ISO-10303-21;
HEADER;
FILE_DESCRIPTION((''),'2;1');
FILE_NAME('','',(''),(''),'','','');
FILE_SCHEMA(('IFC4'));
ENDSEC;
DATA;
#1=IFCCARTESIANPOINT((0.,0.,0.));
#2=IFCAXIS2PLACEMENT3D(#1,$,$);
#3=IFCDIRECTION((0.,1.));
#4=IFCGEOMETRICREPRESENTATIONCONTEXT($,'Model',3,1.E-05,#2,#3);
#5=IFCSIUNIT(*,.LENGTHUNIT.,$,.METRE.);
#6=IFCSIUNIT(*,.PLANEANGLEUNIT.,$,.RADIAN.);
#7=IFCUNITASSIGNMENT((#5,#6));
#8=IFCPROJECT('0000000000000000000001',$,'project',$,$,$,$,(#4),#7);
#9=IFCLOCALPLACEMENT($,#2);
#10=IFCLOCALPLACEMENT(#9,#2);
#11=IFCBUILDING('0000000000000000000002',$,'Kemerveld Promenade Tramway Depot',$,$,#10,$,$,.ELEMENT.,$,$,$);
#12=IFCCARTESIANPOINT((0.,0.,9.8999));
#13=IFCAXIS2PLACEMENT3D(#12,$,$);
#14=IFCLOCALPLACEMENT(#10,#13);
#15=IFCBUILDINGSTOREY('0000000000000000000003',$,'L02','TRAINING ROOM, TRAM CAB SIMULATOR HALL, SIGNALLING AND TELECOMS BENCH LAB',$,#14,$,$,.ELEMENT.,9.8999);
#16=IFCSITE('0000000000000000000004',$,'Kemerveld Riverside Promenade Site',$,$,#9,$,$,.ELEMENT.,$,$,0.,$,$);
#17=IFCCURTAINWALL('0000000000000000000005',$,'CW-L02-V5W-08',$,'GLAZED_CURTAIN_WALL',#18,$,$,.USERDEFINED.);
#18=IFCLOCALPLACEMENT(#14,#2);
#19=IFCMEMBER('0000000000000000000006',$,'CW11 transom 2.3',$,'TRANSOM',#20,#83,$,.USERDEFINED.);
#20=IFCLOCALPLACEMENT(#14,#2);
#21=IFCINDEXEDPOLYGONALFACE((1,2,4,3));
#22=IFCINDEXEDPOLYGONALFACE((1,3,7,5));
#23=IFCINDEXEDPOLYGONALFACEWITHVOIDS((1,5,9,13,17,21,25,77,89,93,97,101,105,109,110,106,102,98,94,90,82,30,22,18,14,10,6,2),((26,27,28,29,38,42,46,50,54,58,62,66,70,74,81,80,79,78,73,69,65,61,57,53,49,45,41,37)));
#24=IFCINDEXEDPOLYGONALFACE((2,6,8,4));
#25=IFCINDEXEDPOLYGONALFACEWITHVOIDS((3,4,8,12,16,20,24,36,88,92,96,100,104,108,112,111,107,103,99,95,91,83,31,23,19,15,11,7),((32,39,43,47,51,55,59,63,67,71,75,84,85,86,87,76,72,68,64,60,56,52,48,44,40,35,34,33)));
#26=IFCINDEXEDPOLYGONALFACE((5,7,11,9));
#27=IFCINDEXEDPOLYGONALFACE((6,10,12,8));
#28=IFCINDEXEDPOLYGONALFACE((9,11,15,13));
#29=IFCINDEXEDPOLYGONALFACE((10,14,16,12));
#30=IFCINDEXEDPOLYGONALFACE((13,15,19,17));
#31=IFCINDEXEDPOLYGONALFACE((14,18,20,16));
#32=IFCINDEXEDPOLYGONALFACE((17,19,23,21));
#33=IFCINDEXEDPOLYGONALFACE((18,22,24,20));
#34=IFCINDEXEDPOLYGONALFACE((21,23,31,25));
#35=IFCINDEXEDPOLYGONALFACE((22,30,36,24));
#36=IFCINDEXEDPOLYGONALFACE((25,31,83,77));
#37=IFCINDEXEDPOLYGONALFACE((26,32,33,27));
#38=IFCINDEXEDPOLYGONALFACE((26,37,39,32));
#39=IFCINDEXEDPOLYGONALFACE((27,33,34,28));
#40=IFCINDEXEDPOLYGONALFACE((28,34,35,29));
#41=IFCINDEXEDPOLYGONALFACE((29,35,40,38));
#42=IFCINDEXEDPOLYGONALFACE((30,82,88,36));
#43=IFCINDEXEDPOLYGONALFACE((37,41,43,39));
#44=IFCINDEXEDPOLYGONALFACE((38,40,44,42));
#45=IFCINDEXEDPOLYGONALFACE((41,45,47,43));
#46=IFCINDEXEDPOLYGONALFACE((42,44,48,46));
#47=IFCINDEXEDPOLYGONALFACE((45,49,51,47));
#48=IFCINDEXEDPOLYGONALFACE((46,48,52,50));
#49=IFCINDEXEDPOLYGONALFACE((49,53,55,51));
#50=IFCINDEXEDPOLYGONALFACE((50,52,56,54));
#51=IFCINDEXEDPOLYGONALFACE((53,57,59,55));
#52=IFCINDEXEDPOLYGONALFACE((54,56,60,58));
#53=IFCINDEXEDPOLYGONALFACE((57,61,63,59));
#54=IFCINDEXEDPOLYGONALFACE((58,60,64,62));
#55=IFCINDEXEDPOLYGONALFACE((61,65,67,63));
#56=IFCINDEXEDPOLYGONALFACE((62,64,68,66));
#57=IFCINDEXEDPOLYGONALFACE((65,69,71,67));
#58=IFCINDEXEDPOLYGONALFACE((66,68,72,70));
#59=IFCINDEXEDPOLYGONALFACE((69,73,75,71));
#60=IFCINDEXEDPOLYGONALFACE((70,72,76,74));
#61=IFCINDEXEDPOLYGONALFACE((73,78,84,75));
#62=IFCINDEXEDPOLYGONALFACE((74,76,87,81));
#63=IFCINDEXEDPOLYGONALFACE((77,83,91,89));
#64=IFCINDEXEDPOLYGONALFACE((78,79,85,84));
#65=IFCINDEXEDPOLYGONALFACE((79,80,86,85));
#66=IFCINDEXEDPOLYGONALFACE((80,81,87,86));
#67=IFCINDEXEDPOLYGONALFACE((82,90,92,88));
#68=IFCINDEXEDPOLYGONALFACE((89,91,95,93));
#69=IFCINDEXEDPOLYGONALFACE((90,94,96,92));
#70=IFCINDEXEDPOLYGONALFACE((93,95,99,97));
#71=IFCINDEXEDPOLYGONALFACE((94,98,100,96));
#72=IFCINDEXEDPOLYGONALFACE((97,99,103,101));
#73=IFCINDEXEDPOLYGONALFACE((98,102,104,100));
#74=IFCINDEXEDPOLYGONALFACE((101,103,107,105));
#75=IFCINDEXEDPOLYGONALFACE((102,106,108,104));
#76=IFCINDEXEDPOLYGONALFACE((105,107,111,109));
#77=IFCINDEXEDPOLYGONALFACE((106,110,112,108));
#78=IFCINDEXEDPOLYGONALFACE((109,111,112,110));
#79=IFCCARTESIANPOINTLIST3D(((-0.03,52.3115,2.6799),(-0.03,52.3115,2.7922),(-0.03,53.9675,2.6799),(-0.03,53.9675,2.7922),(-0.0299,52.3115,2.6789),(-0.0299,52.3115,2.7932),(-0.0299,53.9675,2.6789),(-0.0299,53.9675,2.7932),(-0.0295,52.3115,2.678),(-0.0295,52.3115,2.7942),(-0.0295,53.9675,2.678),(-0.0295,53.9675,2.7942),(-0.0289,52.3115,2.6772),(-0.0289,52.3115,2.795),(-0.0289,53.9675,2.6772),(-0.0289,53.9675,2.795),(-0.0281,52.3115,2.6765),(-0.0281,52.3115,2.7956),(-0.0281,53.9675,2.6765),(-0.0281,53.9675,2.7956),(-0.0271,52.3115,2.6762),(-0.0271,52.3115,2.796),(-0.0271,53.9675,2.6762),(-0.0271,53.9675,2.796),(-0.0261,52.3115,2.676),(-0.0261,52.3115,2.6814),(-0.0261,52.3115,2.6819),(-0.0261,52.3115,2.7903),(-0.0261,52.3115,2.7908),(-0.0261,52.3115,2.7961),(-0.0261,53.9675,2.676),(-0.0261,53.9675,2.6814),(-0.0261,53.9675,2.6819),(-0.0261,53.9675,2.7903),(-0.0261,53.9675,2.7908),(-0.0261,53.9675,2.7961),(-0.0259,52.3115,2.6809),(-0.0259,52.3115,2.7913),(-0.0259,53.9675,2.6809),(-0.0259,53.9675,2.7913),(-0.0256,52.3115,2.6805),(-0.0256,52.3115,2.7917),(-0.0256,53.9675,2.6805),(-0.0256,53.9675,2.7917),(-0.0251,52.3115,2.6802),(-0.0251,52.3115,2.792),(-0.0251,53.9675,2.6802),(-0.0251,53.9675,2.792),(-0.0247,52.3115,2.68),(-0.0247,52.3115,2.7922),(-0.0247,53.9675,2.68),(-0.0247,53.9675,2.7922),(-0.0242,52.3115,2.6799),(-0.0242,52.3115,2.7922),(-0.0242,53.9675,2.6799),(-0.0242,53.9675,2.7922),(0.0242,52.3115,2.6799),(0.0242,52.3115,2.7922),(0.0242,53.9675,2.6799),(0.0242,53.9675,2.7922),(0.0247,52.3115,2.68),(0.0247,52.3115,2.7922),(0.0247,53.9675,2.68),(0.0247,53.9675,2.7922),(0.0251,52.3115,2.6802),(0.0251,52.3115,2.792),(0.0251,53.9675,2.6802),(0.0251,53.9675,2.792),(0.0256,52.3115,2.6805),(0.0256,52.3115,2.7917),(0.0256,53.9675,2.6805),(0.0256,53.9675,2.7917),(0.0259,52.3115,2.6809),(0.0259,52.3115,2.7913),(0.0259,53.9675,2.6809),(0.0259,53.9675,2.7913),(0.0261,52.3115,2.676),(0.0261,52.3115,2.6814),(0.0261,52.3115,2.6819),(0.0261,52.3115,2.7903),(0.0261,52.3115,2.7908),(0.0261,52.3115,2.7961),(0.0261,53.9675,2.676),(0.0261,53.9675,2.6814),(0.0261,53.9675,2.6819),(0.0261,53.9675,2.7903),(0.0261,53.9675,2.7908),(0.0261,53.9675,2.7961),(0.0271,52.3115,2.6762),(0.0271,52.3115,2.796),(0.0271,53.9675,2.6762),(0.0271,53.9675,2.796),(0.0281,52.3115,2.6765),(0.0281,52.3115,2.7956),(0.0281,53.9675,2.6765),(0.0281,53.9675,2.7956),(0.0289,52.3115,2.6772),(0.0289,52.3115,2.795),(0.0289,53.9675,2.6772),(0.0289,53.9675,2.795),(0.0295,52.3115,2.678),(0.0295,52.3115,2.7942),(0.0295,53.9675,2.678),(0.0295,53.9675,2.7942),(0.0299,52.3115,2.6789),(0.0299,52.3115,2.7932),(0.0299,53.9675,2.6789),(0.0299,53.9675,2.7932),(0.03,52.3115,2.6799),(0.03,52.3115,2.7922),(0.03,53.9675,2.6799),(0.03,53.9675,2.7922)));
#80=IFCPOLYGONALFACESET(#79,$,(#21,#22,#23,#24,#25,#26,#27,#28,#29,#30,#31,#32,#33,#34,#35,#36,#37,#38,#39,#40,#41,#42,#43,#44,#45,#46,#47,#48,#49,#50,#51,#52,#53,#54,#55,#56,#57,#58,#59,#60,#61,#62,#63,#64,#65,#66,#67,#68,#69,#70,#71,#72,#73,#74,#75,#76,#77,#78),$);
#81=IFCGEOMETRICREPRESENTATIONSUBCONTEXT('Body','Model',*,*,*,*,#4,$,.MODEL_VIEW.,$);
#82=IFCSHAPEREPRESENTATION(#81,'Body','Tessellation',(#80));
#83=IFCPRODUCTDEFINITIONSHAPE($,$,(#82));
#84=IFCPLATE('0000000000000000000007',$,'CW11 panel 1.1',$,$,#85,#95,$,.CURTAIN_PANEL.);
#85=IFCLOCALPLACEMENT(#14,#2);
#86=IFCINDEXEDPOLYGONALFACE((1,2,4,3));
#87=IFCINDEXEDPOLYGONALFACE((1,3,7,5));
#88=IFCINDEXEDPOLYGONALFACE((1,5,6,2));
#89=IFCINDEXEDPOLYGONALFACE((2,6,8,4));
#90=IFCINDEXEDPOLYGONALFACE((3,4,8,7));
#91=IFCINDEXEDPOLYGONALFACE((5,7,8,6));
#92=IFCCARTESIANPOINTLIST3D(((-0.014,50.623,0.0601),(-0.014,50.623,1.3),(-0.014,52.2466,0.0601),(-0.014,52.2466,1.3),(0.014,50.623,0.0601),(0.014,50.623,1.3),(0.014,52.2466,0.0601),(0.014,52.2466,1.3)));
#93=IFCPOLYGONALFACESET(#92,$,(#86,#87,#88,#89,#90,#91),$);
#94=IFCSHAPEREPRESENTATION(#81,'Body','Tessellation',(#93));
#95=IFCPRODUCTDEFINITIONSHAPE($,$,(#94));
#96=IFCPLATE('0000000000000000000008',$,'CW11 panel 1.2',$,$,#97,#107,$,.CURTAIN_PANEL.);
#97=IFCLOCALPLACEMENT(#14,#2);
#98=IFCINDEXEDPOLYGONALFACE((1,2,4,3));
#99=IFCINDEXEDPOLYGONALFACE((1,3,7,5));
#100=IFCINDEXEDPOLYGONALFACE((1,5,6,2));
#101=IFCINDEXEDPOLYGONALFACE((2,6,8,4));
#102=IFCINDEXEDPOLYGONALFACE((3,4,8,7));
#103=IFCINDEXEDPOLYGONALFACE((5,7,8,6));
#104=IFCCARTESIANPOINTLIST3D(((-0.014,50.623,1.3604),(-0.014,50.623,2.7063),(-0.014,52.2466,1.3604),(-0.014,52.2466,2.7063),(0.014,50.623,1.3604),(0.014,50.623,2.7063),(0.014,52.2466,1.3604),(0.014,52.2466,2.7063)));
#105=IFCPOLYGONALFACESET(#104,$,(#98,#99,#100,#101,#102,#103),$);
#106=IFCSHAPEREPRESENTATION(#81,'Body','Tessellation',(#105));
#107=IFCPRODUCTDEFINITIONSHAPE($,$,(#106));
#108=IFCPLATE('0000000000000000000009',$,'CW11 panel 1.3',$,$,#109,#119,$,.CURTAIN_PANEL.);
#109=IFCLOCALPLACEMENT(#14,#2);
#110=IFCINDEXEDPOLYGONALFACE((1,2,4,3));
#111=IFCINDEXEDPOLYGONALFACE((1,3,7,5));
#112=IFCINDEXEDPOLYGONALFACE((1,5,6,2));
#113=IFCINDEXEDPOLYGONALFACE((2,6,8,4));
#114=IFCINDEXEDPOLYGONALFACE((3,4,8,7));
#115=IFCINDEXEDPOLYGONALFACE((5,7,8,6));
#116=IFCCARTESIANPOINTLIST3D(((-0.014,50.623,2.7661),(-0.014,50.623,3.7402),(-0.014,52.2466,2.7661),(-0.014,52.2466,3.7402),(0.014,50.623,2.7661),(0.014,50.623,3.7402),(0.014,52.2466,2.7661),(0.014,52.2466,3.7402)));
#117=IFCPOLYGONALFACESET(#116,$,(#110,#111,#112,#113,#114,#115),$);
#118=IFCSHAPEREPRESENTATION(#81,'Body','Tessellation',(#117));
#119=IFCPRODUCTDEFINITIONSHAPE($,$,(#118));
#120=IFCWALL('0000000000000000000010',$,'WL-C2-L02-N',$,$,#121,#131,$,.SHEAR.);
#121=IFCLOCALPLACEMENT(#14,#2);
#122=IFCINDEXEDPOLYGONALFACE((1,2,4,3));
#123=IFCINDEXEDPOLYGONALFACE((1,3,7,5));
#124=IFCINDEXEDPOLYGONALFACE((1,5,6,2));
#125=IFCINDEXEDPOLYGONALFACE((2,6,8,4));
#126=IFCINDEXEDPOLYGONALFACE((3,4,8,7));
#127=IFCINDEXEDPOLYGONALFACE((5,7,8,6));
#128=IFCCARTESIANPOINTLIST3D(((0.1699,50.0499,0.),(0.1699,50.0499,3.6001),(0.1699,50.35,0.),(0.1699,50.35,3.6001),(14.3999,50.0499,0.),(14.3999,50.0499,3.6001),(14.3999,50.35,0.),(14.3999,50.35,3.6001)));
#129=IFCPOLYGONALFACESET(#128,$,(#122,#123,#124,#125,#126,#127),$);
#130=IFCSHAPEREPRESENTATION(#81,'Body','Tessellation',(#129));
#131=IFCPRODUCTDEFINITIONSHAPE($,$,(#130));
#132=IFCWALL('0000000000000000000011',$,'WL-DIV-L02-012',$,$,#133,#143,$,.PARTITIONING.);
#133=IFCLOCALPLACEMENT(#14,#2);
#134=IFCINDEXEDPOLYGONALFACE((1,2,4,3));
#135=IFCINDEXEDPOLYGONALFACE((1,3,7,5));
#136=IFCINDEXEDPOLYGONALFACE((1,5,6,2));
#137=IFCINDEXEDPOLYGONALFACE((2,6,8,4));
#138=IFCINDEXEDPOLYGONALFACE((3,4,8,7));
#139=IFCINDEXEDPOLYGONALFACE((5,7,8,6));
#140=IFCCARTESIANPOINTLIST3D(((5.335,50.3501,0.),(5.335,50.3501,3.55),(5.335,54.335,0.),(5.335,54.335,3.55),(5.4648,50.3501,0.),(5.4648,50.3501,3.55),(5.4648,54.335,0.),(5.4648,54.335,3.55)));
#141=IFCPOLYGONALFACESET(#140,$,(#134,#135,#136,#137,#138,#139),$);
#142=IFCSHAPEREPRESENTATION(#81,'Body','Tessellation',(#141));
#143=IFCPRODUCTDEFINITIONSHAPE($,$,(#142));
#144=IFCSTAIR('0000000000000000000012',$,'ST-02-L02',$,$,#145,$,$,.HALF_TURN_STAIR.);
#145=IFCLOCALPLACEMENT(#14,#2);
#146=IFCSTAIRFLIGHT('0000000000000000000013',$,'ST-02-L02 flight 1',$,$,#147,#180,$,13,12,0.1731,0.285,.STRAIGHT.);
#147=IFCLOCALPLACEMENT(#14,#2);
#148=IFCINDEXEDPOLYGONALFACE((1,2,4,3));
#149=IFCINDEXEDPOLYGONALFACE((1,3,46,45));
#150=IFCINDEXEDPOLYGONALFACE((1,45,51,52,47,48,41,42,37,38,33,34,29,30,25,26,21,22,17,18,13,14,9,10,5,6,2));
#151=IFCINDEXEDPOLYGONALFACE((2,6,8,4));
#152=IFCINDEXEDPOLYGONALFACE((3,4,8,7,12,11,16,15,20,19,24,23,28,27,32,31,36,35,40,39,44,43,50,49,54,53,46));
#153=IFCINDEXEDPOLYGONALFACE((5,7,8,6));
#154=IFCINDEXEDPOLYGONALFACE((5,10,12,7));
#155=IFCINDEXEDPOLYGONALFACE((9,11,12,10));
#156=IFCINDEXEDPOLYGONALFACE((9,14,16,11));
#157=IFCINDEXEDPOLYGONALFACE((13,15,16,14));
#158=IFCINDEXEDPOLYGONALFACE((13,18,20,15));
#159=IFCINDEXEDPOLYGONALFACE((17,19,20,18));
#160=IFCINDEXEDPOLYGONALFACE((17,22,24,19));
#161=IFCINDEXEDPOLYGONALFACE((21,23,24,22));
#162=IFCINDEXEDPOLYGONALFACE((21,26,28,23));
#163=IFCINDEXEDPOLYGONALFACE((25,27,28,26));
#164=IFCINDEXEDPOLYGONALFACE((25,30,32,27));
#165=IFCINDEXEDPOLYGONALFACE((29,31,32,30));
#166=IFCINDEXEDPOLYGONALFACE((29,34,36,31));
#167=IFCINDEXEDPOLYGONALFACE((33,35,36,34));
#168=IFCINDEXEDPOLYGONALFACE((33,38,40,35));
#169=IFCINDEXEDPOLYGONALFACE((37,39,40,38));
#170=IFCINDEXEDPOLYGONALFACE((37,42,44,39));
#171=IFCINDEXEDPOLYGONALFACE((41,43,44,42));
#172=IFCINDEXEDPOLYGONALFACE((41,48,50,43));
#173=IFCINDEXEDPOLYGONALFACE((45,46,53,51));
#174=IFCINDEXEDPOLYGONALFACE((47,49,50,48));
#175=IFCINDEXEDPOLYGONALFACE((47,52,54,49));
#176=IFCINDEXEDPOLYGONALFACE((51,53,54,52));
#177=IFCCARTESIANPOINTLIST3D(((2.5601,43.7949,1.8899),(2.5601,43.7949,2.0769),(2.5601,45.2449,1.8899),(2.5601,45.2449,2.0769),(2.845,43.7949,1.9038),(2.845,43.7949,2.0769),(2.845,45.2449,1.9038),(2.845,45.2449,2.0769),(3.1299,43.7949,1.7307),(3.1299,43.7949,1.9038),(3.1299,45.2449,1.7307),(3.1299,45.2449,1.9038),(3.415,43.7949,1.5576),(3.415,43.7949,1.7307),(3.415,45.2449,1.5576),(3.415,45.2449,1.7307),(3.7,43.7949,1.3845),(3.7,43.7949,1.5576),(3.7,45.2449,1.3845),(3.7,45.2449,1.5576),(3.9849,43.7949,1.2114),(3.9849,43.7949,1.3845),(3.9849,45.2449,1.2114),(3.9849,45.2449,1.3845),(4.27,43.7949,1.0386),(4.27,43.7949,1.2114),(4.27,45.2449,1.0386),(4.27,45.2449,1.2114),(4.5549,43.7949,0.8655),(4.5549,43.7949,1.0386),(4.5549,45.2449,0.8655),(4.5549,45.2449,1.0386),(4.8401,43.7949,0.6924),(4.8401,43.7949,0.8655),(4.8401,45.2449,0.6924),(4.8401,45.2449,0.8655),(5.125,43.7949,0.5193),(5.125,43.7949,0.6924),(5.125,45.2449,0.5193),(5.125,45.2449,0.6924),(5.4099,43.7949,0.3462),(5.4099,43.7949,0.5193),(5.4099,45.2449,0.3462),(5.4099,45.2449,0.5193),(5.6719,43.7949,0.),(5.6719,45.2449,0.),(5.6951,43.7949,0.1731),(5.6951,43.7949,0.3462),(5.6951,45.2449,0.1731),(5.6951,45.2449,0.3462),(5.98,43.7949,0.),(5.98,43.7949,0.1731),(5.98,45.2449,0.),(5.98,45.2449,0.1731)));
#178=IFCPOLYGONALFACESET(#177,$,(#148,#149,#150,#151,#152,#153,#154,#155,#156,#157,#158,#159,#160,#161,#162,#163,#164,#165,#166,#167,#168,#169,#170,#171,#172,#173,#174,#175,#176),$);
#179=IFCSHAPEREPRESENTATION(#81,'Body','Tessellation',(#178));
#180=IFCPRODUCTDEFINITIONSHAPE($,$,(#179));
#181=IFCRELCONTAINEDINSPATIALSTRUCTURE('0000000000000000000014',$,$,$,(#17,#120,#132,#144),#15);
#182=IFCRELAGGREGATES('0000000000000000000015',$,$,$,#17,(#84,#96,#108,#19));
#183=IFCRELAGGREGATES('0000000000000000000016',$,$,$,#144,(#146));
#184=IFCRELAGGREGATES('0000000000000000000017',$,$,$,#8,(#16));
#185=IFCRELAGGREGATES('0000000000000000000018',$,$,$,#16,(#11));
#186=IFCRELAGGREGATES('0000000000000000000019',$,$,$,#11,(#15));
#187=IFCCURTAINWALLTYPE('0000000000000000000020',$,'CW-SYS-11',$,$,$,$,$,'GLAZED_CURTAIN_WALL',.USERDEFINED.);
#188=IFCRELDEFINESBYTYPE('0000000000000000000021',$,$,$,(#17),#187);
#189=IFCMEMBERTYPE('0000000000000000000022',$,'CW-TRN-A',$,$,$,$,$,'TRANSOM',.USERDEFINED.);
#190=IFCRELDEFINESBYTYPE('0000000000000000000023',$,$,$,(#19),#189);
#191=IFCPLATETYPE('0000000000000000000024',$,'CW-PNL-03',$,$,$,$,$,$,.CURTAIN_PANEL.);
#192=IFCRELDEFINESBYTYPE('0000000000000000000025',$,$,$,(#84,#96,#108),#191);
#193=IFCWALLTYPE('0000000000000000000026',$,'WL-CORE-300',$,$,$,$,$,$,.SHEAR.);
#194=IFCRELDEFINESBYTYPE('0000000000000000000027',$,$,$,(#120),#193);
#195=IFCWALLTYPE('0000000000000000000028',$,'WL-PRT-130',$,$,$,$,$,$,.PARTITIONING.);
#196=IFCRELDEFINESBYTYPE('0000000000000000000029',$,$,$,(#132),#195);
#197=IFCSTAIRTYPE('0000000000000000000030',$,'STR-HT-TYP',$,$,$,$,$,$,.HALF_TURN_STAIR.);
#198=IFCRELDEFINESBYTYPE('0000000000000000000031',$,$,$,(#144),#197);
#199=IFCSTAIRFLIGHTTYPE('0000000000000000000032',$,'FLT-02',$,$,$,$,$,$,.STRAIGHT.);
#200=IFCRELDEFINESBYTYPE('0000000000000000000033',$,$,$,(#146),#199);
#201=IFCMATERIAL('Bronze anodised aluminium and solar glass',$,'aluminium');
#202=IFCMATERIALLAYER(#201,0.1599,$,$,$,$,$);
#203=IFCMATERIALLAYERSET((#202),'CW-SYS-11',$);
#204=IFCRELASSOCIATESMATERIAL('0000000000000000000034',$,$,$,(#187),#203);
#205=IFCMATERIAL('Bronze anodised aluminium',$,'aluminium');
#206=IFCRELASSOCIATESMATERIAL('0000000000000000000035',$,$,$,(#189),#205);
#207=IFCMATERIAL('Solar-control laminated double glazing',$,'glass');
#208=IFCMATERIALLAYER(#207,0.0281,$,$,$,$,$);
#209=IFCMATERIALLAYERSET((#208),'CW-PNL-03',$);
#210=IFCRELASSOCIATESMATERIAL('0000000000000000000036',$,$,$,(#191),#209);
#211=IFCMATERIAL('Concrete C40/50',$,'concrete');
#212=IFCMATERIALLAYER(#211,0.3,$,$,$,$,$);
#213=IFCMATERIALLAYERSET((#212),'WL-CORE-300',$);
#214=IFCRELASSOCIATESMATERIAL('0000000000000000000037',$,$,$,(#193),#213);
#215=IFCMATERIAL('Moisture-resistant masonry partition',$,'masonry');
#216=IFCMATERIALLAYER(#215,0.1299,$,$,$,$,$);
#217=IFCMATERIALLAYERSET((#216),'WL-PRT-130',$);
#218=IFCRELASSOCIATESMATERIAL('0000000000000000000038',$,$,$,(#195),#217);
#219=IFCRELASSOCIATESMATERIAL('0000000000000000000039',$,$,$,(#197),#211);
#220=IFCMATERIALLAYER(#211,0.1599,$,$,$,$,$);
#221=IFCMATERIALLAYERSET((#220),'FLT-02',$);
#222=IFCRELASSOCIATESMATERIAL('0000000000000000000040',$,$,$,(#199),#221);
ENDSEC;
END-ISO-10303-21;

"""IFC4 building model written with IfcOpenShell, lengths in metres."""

from ifc_helpers import new_model, si_unit, direction, frame, frame_2d, origin, origin_2d, place, context, subcontext, project, spatial, polyline, rectangle, hollow_rectangle, outline, extrude, material, layer, layer_set, material_profile, profile_set, type_object, element, aggregate, save


model = new_model("IFC4")

# Units and contexts
model_context = context("Model", 3, precision=1e-05, world=origin(), true_north=direction((0.0, 1.0)))
body_context = subcontext(model_context, "Body", "Model", "MODEL_VIEW")
ifc_project = project(units=[si_unit("LENGTHUNIT", "METRE"), si_unit("PLANEANGLEUNIT", "RADIAN")], contexts=[model_context])

# Site, building, storey
site_placement = place(None, origin())
site = spatial("IfcSite", under=ifc_project, at=site_placement, Name="Kemerveld Riverside Promenade Site", CompositionType="ELEMENT", RefElevation=0.0)
building_placement = place(site_placement, origin())
building = spatial("IfcBuilding", under=site, at=building_placement, Name="Kemerveld Promenade Tramway Depot", CompositionType="ELEMENT")
storey_placement = place(building_placement, frame((0.0, 0.0, 9.8999)))
storey = spatial("IfcBuildingStorey", under=building, at=storey_placement, Name="L02", Description="TRAINING ROOM, TRAM CAB SIMULATOR HALL, SIGNALLING AND TELECOMS BENCH LAB", CompositionType="ELEMENT", Elevation=9.8999)

# Shared definitions
ifc_material_1 = material(Name="Concrete C40/50", Category="concrete")

# Curtain wall, member, plates
ifc_material_2 = material(Name="Bronze anodised aluminium and solar glass", Category="aluminium")
ifc_layer_1 = layer(ifc_material_2, 0.1599)
ifc_layer_set_1 = layer_set([ifc_layer_1], Name="CW-SYS-11")
curtain_wall_type = type_object("IfcCurtainWallType", Name="CW-SYS-11", ElementType="GLAZED_CURTAIN_WALL", PredefinedType="USERDEFINED", material=ifc_layer_set_1)
curtain_wall_placement = place(storey_placement, origin())
curtain_wall = element("IfcCurtainWall", 1, at=curtain_wall_placement, inside=storey, type_object=curtain_wall_type, Name="CW-L02-V5W-08", ObjectType="GLAZED_CURTAIN_WALL", PredefinedType="USERDEFINED")
ifc_material_3 = material(Name="Bronze anodised aluminium", Category="aluminium")
ifc_material_profile_1 = material_profile(ifc_material_3, hollow_rectangle(XDim=0.0601, YDim=0.1201, WallThickness=0.0039, InnerFilletRadius=0.002, OuterFilletRadius=0.0039, at=origin_2d()), Name="CW-TRN-120x60")
ifc_profile_set_1 = profile_set([ifc_material_profile_1], Name="Bronze anodised aluminium")
member_type_1 = type_object("IfcMemberType", Name="CW-TRN-A", ElementType="TRANSOM", PredefinedType="USERDEFINED", material=ifc_profile_set_1)
member_1_placement = place(storey_placement, frame((0.0, 52.3115, 2.7361), z_axis=(0.0, 1.0, 0.0), x_axis=(-1.0, 0.0, 0.0)))
member_1 = element("IfcMember", 2, at=member_1_placement, type_object=member_type_1, Name="CW11 transom 2.3", ObjectType="TRANSOM", PredefinedType="USERDEFINED", context=body_context, shape_type="SweptSolid", body=[
    extrude(hollow_rectangle(XDim=0.0601, YDim=0.1201, WallThickness=0.0039, InnerFilletRadius=0.002, OuterFilletRadius=0.0039, at=origin_2d()), origin(), (0.0, 0.0, 1.0), 1.656),
])
ifc_material_4 = material(Name="Solar-control laminated double glazing", Category="glass")
ifc_layer_2 = layer(ifc_material_4, 0.0281)
ifc_layer_set_2 = layer_set([ifc_layer_2], Name="CW-PNL-03")
plate_type = type_object("IfcPlateType", Name="CW-PNL-03", PredefinedType="CURTAIN_PANEL", material=ifc_layer_set_2)
plate_1_placement = place(storey_placement, frame((0.0, 51.4348, 0.0601), z_axis=(0.0, 0.0, 1.0), x_axis=(0.0, 1.0, 0.0)))
plate_1 = element("IfcPlate", 3, at=plate_1_placement, type_object=plate_type, Name="CW11 panel 1.1", PredefinedType="CURTAIN_PANEL", context=body_context, shape_type="SweptSolid", body=[
    extrude(rectangle(XDim=1.6235, YDim=0.0281, at=origin_2d()), origin(), (0.0, 0.0, 1.0), 1.24),
])
plate_2_placement = place(storey_placement, frame((0.0, 51.4348, 1.3604), z_axis=(0.0, 0.0, 1.0), x_axis=(0.0, 1.0, 0.0)))
plate_2 = element("IfcPlate", 4, at=plate_2_placement, type_object=plate_type, Name="CW11 panel 1.2", PredefinedType="CURTAIN_PANEL", context=body_context, shape_type="SweptSolid", body=[
    extrude(rectangle(XDim=1.6235, YDim=0.0281, at=origin_2d()), origin(), (0.0, 0.0, 1.0), 1.3459),
])
plate_3_placement = place(storey_placement, frame((0.0, 51.4348, 2.7661), z_axis=(0.0, 0.0, 1.0), x_axis=(0.0, 1.0, 0.0)))
plate_3 = element("IfcPlate", 5, at=plate_3_placement, type_object=plate_type, Name="CW11 panel 1.3", PredefinedType="CURTAIN_PANEL", context=body_context, shape_type="SweptSolid", body=[
    extrude(rectangle(XDim=1.6235, YDim=0.0281, at=origin_2d()), origin(), (0.0, 0.0, 1.0), 0.9741),
])
aggregate(curtain_wall, [plate_1, plate_2, plate_3, member_1])

# Walls
ifc_layer_3 = layer(ifc_material_1, 0.3)
ifc_layer_set_3 = layer_set([ifc_layer_3], Name="WL-CORE-300")
wall_type_1 = type_object("IfcWallType", Name="WL-CORE-300", PredefinedType="SHEAR", material=ifc_layer_set_3)
wall_1_placement = place(storey_placement, frame((0.1699, 50.2, 0.0), z_axis=(0.0, 0.0, 1.0), x_axis=(1.0, 0.0, 0.0)))
element("IfcWall", 6, at=wall_1_placement, inside=storey, type_object=wall_type_1, Name="WL-C2-L02-N", PredefinedType="SHEAR", context=body_context, shape_type="SweptSolid", body=[
    extrude(rectangle(XDim=14.23, YDim=0.3, at=frame_2d((7.115, 0.0))), origin(), (0.0, 0.0, 1.0), 3.6001),
])
ifc_material_5 = material(Name="Moisture-resistant masonry partition", Category="masonry")
ifc_layer_4 = layer(ifc_material_5, 0.1299)
ifc_layer_set_4 = layer_set([ifc_layer_4], Name="WL-PRT-130")
wall_type_2 = type_object("IfcWallType", Name="WL-PRT-130", PredefinedType="PARTITIONING", material=ifc_layer_set_4)
wall_2_placement = place(storey_placement, frame((5.3999, 50.3501, 0.0), z_axis=(0.0, 0.0, 1.0), x_axis=(0.0, 1.0, 0.0)))
element("IfcWall", 7, at=wall_2_placement, inside=storey, type_object=wall_type_2, Name="WL-DIV-L02-012", PredefinedType="PARTITIONING", context=body_context, shape_type="SweptSolid", body=[
    extrude(rectangle(XDim=3.9849, YDim=0.1299, at=frame_2d((1.9924, 0.0))), origin(), (0.0, 0.0, 1.0), 3.55),
])

# Stair, stair flight
stair_type = type_object("IfcStairType", Name="STR-HT-TYP", PredefinedType="HALF_TURN_STAIR", material=ifc_material_1)
stair_placement = place(storey_placement, origin())
stair = element("IfcStair", 8, at=stair_placement, inside=storey, type_object=stair_type, Name="ST-02-L02", PredefinedType="HALF_TURN_STAIR")
ifc_layer_5 = layer(ifc_material_1, 0.1599)
ifc_layer_set_5 = layer_set([ifc_layer_5], Name="FLT-02")
stair_flight_type = type_object("IfcStairFlightType", Name="FLT-02", PredefinedType="STRAIGHT", material=ifc_layer_set_5)
stair_flight_1_placement = place(storey_placement, frame((5.98, 44.52, 0.0), z_axis=(0.0, 0.0, 1.0), x_axis=(-1.0, 0.0, 0.0)))
stair_flight_1 = element("IfcStairFlight", 9, at=stair_flight_1_placement, type_object=stair_flight_type, Name="ST-02-L02 flight 1", NumberOfRisers=13, NumberOfTreads=12, PredefinedType="STRAIGHT", RiserHeight=0.1731, TreadLength=0.285, context=body_context, shape_type="SweptSolid", body=[
    extrude(outline(polyline([(0.0, 0.0), (0.0, 0.1731), (0.2849, 0.1731), (0.2849, 0.3462), (0.5701, 0.3462), (0.5701, 0.5193), (0.855, 0.5193), (0.855, 0.6924), (1.1399, 0.6924), (1.1399, 0.8655), (1.425, 0.8655), (1.425, 1.0386), (1.71, 1.0386), (1.71, 1.2114), (1.9951, 1.2114), (1.9951, 1.3845), (2.28, 1.3845), (2.28, 1.5576), (2.5649, 1.5576), (2.5649, 1.7307), (2.8501, 1.7307), (2.8501, 1.9038), (3.135, 1.9038), (3.135, 2.0769), (3.4199, 2.0769), (3.4199, 2.25), (3.4199, 1.8899), (0.3081, 0.0), (0.0, 0.0)])), frame((0.0, 0.7251, 0.0), z_axis=(0.0, -1.0, 0.0), x_axis=(1.0, 0.0, 0.0)), (0.0, 0.0, 1.0), 1.45),
])
aggregate(stair, [stair_flight_1])

save(model, "model.ifc")
